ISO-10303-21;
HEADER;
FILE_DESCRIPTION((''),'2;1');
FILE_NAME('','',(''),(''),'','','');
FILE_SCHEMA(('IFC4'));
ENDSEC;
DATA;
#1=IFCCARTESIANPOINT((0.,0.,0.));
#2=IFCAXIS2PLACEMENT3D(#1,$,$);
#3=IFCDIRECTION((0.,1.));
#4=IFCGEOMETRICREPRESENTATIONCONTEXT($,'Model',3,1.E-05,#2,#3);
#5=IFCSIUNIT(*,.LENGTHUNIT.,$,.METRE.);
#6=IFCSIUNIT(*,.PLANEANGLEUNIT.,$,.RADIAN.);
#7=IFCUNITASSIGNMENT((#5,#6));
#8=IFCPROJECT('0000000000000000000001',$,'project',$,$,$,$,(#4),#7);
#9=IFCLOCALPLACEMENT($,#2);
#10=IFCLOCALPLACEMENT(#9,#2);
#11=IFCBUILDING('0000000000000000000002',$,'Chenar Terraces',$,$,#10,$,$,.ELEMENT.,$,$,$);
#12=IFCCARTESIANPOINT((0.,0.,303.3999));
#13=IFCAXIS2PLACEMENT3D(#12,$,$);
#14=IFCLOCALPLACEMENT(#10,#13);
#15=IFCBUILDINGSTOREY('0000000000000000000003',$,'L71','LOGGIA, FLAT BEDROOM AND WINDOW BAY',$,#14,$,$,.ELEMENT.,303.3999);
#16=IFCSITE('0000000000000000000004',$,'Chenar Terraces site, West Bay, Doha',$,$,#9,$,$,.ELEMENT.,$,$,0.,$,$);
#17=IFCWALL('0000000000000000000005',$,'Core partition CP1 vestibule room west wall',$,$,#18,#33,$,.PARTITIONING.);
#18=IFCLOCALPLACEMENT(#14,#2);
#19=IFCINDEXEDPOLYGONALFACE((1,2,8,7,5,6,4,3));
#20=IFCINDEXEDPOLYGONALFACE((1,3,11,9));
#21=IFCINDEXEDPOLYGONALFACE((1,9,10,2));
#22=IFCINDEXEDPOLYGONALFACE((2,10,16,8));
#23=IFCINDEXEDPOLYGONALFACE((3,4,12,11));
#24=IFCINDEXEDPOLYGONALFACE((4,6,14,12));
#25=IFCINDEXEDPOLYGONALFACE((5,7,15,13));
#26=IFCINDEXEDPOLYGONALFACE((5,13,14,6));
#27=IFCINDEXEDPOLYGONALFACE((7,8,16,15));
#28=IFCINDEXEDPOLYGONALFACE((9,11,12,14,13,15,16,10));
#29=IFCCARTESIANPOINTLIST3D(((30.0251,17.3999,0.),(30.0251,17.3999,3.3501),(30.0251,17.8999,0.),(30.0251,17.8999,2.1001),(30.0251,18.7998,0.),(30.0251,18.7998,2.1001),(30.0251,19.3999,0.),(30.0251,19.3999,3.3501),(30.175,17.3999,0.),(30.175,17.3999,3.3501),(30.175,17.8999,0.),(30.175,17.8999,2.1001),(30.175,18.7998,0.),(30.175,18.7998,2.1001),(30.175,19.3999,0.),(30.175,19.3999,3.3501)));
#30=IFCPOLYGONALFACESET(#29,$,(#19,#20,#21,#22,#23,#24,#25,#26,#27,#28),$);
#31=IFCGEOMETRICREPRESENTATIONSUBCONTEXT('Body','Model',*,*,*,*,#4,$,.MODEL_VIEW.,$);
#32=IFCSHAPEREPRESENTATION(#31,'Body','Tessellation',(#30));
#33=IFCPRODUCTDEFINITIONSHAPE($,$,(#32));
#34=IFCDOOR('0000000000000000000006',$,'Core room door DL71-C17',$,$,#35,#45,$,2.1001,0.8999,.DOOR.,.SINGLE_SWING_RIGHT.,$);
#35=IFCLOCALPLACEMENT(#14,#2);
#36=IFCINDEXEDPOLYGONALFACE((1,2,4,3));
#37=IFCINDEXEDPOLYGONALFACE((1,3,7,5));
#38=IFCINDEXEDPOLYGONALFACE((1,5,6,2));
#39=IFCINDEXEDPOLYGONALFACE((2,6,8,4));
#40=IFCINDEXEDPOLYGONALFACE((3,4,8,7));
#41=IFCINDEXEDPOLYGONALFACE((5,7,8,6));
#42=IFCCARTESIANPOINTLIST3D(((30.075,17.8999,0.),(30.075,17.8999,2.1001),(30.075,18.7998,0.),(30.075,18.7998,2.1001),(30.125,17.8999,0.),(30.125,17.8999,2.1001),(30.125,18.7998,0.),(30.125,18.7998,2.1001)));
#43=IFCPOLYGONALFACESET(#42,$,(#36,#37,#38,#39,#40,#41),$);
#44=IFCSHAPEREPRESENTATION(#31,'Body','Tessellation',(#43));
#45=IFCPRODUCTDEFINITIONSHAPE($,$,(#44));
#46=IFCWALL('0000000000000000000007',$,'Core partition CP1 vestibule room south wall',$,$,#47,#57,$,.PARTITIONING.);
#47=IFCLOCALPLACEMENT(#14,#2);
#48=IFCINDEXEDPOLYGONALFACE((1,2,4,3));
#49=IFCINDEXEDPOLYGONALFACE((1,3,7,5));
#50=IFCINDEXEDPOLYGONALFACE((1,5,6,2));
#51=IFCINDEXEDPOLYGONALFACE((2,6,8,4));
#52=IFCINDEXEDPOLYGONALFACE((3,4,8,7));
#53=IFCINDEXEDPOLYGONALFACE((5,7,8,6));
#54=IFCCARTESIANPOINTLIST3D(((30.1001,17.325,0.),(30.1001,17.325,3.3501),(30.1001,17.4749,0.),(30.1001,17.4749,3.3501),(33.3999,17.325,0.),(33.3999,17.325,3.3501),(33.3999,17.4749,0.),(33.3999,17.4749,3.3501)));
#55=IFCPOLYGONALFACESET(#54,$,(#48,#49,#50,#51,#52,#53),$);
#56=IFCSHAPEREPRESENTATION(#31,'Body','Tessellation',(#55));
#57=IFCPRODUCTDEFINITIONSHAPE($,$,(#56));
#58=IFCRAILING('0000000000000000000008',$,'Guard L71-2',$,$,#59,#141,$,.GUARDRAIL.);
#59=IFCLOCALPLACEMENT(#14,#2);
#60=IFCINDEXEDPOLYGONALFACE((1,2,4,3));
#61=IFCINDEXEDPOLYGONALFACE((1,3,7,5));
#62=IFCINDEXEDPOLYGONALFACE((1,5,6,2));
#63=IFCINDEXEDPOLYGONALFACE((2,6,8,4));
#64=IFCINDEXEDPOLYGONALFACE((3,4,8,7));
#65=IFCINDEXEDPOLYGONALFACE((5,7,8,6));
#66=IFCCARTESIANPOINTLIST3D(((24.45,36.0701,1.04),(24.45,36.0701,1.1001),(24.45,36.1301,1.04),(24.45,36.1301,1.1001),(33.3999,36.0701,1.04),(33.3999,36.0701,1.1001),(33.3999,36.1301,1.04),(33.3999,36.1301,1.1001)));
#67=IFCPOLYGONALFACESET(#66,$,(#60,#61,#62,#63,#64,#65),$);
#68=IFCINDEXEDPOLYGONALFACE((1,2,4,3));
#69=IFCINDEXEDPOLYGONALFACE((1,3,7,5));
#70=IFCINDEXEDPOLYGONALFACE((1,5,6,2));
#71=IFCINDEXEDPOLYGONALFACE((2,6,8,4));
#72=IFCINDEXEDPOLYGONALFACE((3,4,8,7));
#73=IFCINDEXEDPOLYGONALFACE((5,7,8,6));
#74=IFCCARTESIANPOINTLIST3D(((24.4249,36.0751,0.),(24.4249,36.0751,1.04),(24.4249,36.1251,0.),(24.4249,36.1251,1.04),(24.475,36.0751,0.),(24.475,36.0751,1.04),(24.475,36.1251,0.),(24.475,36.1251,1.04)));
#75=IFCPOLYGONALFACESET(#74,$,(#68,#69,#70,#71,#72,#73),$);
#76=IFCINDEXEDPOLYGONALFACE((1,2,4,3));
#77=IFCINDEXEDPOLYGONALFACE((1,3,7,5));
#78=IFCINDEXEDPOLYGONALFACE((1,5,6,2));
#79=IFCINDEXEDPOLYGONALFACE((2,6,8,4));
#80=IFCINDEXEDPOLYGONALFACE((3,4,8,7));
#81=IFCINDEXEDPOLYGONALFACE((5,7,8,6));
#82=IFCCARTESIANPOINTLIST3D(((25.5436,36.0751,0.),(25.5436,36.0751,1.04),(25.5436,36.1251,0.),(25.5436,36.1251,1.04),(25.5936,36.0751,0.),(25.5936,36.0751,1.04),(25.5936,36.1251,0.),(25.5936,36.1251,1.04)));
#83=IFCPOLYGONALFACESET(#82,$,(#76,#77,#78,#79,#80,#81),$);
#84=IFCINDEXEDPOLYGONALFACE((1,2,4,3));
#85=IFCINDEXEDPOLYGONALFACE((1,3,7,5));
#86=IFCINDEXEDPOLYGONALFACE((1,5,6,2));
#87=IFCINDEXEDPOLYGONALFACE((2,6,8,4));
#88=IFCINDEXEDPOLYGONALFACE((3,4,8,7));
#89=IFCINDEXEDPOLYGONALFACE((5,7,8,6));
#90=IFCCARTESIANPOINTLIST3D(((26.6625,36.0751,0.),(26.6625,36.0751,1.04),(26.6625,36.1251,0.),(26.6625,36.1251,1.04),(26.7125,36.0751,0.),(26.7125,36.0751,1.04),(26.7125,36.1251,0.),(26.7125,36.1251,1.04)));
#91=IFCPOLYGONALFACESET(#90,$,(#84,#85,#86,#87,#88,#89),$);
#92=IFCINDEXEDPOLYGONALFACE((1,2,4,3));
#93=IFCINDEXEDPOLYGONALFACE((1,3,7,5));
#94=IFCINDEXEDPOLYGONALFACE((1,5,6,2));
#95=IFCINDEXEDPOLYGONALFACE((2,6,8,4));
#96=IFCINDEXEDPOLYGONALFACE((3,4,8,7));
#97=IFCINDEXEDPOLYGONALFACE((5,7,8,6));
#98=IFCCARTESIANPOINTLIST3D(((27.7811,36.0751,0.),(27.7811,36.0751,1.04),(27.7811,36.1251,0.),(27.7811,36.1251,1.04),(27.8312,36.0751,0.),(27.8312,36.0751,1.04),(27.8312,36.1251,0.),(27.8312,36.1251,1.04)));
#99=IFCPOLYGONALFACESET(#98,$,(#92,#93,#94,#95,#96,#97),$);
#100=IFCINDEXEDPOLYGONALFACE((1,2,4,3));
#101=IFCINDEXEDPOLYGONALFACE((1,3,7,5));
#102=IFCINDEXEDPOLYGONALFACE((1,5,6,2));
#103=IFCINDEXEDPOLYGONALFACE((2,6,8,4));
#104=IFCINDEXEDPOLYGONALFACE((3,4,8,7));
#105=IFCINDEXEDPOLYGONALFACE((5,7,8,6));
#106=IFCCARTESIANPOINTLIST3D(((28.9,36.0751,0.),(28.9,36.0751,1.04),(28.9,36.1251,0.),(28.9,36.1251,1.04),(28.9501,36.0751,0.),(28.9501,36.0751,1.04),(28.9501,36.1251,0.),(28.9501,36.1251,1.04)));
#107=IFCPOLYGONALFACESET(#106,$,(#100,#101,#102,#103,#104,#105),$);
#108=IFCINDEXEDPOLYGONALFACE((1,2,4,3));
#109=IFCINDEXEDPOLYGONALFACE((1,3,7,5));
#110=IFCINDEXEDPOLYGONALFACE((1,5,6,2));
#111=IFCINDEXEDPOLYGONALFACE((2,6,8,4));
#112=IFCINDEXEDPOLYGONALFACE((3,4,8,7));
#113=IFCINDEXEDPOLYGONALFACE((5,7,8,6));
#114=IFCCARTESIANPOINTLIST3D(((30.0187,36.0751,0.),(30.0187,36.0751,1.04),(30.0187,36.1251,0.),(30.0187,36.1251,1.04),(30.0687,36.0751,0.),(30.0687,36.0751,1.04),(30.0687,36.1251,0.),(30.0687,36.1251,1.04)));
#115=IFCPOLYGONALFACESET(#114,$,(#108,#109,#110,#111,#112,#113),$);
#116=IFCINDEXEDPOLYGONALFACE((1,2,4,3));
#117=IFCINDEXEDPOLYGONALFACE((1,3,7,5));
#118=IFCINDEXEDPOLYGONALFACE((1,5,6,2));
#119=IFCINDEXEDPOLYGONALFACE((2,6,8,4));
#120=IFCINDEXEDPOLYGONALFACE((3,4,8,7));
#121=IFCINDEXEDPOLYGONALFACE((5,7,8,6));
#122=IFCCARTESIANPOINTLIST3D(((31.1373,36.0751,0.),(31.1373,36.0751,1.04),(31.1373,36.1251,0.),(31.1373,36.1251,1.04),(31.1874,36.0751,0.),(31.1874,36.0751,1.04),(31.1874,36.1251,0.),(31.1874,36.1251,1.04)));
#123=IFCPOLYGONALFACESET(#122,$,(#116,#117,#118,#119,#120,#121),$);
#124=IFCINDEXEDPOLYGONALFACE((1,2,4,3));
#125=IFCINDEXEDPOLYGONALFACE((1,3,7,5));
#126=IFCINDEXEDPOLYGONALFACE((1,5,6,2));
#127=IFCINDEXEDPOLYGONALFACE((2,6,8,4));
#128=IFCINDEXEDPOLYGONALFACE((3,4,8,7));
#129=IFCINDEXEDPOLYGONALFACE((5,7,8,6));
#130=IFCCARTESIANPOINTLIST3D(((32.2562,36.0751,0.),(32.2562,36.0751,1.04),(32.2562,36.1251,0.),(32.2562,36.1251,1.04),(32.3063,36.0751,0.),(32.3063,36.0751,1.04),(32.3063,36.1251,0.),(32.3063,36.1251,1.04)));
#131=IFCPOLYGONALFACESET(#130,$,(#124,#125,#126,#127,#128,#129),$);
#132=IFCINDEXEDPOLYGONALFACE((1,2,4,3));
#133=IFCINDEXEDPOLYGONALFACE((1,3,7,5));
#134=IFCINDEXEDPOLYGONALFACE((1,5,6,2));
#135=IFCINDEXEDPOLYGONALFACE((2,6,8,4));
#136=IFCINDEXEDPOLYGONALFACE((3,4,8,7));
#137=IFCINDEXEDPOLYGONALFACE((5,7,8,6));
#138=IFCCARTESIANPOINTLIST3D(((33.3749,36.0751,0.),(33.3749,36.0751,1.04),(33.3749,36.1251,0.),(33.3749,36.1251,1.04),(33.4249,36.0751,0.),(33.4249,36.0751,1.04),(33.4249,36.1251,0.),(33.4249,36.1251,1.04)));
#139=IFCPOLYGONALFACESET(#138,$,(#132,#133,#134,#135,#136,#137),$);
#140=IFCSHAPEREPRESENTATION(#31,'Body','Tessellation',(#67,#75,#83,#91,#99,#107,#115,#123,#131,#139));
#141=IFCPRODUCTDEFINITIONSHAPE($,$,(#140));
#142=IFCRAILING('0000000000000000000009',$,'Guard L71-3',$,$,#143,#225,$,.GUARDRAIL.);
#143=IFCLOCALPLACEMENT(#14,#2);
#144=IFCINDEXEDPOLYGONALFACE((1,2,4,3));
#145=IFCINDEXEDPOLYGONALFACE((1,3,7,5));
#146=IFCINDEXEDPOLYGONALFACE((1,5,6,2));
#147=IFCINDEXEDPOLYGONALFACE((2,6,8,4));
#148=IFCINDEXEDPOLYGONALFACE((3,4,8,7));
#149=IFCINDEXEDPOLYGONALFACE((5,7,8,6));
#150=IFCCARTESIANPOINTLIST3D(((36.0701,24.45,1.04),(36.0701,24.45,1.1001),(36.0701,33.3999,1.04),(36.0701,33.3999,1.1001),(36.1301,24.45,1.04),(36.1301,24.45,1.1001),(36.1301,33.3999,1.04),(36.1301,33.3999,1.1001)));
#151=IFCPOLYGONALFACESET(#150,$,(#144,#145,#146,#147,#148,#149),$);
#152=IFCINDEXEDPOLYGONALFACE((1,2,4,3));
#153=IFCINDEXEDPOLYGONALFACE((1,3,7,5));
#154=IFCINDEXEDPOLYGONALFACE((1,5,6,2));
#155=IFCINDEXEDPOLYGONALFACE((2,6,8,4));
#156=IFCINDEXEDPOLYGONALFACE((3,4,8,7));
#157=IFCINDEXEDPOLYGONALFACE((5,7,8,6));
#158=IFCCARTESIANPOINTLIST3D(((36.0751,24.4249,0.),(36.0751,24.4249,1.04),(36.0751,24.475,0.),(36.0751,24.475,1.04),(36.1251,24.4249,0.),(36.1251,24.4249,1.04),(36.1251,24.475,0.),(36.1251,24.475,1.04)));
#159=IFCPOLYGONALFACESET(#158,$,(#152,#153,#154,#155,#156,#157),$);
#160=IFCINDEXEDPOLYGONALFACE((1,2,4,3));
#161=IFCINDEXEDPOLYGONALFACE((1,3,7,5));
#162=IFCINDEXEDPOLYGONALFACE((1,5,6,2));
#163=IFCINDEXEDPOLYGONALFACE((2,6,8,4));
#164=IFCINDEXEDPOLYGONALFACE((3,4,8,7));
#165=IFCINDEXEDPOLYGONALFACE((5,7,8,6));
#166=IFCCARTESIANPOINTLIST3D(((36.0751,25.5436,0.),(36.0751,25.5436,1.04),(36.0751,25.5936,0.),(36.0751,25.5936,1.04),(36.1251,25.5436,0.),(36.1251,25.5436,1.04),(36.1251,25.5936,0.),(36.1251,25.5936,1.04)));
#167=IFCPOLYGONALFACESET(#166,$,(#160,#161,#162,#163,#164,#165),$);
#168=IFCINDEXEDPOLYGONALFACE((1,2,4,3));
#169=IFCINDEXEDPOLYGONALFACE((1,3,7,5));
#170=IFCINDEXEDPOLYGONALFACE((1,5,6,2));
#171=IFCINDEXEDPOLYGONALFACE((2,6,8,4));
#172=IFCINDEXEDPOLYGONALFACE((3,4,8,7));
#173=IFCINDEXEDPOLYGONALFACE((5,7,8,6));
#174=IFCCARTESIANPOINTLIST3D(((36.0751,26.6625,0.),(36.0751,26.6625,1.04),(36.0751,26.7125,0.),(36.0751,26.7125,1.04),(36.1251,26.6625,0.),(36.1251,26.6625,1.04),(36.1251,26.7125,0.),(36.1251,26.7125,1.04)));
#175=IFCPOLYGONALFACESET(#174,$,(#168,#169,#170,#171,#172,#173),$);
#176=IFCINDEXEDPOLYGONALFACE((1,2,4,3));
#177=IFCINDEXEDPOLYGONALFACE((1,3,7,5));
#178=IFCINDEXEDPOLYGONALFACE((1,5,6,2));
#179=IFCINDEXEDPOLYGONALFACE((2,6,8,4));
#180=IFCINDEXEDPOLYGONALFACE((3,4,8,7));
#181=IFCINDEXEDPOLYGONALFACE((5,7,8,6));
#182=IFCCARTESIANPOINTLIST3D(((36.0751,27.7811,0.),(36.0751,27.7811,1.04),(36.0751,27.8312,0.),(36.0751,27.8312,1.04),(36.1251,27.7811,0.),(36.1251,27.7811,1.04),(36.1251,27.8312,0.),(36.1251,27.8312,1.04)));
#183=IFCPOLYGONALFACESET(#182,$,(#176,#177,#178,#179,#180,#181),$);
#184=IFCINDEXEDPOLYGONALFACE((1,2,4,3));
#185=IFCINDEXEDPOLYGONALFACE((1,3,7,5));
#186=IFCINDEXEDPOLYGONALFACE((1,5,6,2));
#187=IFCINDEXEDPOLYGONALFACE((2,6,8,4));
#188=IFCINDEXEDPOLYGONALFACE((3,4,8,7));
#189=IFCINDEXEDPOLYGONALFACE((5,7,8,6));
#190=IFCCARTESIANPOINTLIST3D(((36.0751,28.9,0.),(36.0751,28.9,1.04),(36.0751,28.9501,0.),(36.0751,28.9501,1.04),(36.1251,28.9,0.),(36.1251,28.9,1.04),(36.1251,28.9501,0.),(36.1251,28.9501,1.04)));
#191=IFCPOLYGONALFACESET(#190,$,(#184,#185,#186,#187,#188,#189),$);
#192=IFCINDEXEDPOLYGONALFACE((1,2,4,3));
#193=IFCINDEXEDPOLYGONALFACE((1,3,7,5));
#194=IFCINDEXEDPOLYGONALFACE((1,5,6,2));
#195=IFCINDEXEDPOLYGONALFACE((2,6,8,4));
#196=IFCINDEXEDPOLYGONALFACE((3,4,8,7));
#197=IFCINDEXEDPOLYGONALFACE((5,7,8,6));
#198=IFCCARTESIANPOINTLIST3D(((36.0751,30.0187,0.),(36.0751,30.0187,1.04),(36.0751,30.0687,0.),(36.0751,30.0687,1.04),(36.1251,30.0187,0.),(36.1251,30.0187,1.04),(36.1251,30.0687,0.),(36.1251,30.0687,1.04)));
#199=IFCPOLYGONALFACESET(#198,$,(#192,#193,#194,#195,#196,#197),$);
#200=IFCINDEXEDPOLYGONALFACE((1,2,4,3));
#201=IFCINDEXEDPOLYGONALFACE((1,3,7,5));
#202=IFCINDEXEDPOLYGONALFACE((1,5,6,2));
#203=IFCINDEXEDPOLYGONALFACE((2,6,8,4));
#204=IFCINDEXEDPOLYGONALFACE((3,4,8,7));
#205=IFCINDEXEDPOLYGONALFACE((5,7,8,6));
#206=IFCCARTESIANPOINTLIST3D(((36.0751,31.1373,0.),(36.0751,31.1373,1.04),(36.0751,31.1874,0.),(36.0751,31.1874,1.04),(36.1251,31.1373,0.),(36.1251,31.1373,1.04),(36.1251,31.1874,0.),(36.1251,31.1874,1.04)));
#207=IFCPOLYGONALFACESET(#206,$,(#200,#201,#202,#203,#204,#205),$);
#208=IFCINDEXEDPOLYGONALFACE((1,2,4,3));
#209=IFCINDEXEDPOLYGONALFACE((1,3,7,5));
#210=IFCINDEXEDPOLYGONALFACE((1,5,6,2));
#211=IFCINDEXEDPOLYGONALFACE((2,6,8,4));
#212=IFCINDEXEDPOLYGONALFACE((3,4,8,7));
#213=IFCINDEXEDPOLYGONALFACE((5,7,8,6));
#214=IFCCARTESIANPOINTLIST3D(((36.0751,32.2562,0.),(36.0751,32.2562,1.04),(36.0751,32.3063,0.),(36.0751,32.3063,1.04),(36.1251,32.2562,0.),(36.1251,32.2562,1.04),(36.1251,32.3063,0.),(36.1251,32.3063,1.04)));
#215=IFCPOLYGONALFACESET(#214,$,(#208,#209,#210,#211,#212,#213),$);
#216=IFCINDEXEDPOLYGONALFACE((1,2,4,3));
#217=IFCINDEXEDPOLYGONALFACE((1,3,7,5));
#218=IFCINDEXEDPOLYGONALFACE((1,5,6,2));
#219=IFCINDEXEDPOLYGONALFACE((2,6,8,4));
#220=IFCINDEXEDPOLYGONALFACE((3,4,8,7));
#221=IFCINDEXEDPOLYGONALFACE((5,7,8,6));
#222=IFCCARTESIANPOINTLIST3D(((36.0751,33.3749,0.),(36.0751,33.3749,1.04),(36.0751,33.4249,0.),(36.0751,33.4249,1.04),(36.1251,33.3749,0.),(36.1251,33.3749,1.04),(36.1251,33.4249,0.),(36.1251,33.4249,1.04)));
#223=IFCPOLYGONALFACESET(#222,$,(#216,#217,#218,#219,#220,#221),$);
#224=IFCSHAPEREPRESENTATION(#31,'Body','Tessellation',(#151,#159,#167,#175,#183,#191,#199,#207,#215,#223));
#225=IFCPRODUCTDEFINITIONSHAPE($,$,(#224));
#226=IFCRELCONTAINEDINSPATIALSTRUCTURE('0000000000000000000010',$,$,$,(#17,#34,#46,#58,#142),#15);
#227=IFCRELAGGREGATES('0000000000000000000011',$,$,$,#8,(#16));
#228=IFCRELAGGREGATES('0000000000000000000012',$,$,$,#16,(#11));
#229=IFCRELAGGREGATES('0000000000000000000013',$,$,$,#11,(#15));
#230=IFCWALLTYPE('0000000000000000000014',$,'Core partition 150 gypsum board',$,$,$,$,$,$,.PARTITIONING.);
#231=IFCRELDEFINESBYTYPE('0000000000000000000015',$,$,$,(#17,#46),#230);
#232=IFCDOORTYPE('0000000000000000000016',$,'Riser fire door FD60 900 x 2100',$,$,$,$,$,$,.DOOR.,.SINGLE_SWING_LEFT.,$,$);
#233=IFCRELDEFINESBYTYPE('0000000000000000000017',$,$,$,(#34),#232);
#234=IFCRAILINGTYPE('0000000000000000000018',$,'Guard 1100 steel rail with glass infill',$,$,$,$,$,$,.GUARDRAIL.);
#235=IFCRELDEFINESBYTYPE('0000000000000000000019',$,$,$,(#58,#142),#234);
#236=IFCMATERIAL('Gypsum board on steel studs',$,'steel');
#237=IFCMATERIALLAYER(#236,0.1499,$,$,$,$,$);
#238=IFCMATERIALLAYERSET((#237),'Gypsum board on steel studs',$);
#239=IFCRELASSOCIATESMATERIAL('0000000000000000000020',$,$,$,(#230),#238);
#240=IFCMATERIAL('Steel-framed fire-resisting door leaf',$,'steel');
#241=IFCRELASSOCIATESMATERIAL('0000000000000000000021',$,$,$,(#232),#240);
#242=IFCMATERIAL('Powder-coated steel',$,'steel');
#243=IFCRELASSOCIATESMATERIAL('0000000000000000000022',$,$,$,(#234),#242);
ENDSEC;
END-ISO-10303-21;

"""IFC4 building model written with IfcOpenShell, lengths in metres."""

from ifc_helpers import new_model, si_unit, direction, frame, frame_2d, origin, origin_2d, place, context, subcontext, project, spatial, rectangle, extrude, material, layer, layer_set, type_object, element, fill, save


model = new_model("IFC4")

# Units and contexts
model_context = context("Model", 3, precision=1e-05, world=origin(), true_north=direction((0.0, 1.0)))
body_context = subcontext(model_context, "Body", "Model", "MODEL_VIEW")
ifc_project = project(units=[si_unit("LENGTHUNIT", "METRE"), si_unit("PLANEANGLEUNIT", "RADIAN")], contexts=[model_context])

# Site, building, storey
site_placement = place(None, origin())
site = spatial("IfcSite", under=ifc_project, at=site_placement, Name="Chenar Terraces site, West Bay, Doha", CompositionType="ELEMENT", RefElevation=0.0)
building_placement = place(site_placement, origin())
building = spatial("IfcBuilding", under=site, at=building_placement, Name="Chenar Terraces", CompositionType="ELEMENT")
storey_placement = place(building_placement, frame((0.0, 0.0, 303.3999)))
storey = spatial("IfcBuildingStorey", under=building, at=storey_placement, Name="L71", Description="LOGGIA, FLAT BEDROOM AND WINDOW BAY", CompositionType="ELEMENT", Elevation=303.3999)

# Wall, opening, door
ifc_material_1 = material(Name="Gypsum board on steel studs", Category="steel")
ifc_layer_1 = layer(ifc_material_1, 0.1499)
ifc_layer_set_1 = layer_set([ifc_layer_1], Name="Gypsum board on steel studs")
wall_type = type_object("IfcWallType", Name="Core partition 150 gypsum board", PredefinedType="PARTITIONING", material=ifc_layer_set_1)
wall_1_placement = place(storey_placement, frame((30.1001, 17.3999, 0.0), z_axis=(0.0, 0.0, 1.0), x_axis=(0.0, 1.0, 0.0)))
wall_1 = element("IfcWall", 1, at=wall_1_placement, inside=storey, type_object=wall_type, Name="Core partition CP1 vestibule room west wall", PredefinedType="PARTITIONING", context=body_context, shape_type="SweptSolid", body=[
    extrude(rectangle(XDim=2.0, YDim=0.1499, at=frame_2d((1.0, 0.0))), origin(), (0.0, 0.0, 1.0), 3.3501),
])
opening_placement = place(wall_1_placement, frame((0.5, 0.0, 0.0)))
opening = element("IfcOpeningElement", 2, at=opening_placement, cuts=wall_1, PredefinedType="OPENING", context=body_context, shape_type="SweptSolid", body=[
    extrude(rectangle(XDim=0.8999, YDim=2.1001, at=frame_2d((0.45, 1.05))), frame((0.0, 0.085, 0.0), z_axis=(0.0, -1.0, 0.0), x_axis=(1.0, 0.0, 0.0)), (0.0, 0.0, 1.0), 0.1699),
])
ifc_material_2 = material(Name="Steel-framed fire-resisting door leaf", Category="steel")
door_type = type_object("IfcDoorType", Name="Riser fire door FD60 900 x 2100", OperationType="SINGLE_SWING_LEFT", PredefinedType="DOOR", material=ifc_material_2)
door_placement = place(opening_placement, frame((0.8999, 0.0, 0.0), z_axis=(0.0, 0.0, 1.0), x_axis=(-1.0, 0.0, 0.0)))
door = element("IfcDoor", 3, at=door_placement, inside=storey, type_object=door_type, Name="Core room door DL71-C17", OperationType="SINGLE_SWING_RIGHT", OverallHeight=2.1001, OverallWidth=0.8999, PredefinedType="DOOR", context=body_context, shape_type="SweptSolid", body=[
    extrude(rectangle(XDim=0.8999, YDim=2.1001, at=frame_2d((0.45, 1.05))), frame((0.0, 0.0249, 0.0), z_axis=(0.0, -1.0, 0.0), x_axis=(1.0, 0.0, 0.0)), (0.0, 0.0, 1.0), 0.05),
])
fill(opening, door)

# Wall
wall_2_placement = place(storey_placement, frame((30.1001, 17.3999, 0.0), z_axis=(0.0, 0.0, 1.0), x_axis=(1.0, 0.0, 0.0)))
element("IfcWall", 4, at=wall_2_placement, inside=storey, type_object=wall_type, Name="Core partition CP1 vestibule room south wall", PredefinedType="PARTITIONING", context=body_context, shape_type="SweptSolid", body=[
    extrude(rectangle(XDim=3.2998, YDim=0.1499, at=frame_2d((1.6499, 0.0))), origin(), (0.0, 0.0, 1.0), 3.3501),
])

# Railings
ifc_material_3 = material(Name="Powder-coated steel", Category="steel")
railing_type = type_object("IfcRailingType", Name="Guard 1100 steel rail with glass infill", PredefinedType="GUARDRAIL", material=ifc_material_3)
railing_1_placement = place(storey_placement, frame((24.45, 36.1001, 0.0)))
element("IfcRailing", 5, at=railing_1_placement, inside=storey, type_object=railing_type, Name="Guard L71-2", PredefinedType="GUARDRAIL", context=body_context, shape_type="SweptSolid", body=[
    extrude(rectangle(XDim=0.0601, YDim=0.0601, at=origin_2d()), frame((0.0, 0.0, 1.0701), z_axis=(1.0, 0.0, 0.0), x_axis=(0.0, 1.0, 0.0)), (0.0, 0.0, 1.0), 8.95),
    extrude(rectangle(XDim=0.05, YDim=0.05, at=origin_2d()), origin(), (0.0, 0.0, 1.0), 1.04),
    extrude(rectangle(XDim=0.05, YDim=0.05, at=origin_2d()), frame((1.1187, 0.0, 0.0)), (0.0, 0.0, 1.0), 1.04),
    extrude(rectangle(XDim=0.05, YDim=0.05, at=origin_2d()), frame((2.2375, 0.0, 0.0)), (0.0, 0.0, 1.0), 1.04),
    extrude(rectangle(XDim=0.05, YDim=0.05, at=origin_2d()), frame((3.3562, 0.0, 0.0)), (0.0, 0.0, 1.0), 1.04),
    extrude(rectangle(XDim=0.05, YDim=0.05, at=origin_2d()), frame((4.4751, 0.0, 0.0)), (0.0, 0.0, 1.0), 1.04),
    extrude(rectangle(XDim=0.05, YDim=0.05, at=origin_2d()), frame((5.5938, 0.0, 0.0)), (0.0, 0.0, 1.0), 1.04),
    extrude(rectangle(XDim=0.05, YDim=0.05, at=origin_2d()), frame((6.7124, 0.0, 0.0)), (0.0, 0.0, 1.0), 1.04),
    extrude(rectangle(XDim=0.05, YDim=0.05, at=origin_2d()), frame((7.8313, 0.0, 0.0)), (0.0, 0.0, 1.0), 1.04),
    extrude(rectangle(XDim=0.05, YDim=0.05, at=origin_2d()), frame((8.95, 0.0, 0.0)), (0.0, 0.0, 1.0), 1.04),
])
railing_2_placement = place(storey_placement, frame((36.1001, 24.45, 0.0)))
element("IfcRailing", 6, at=railing_2_placement, inside=storey, type_object=railing_type, Name="Guard L71-3", PredefinedType="GUARDRAIL", context=body_context, shape_type="SweptSolid", body=[
    extrude(rectangle(XDim=0.0601, YDim=0.0601, at=origin_2d()), frame((0.0, 0.0, 1.0701), z_axis=(0.0, 1.0, 0.0), x_axis=(-1.0, 0.0, 0.0)), (0.0, 0.0, 1.0), 8.95),
    extrude(rectangle(XDim=0.05, YDim=0.05, at=origin_2d()), origin(), (0.0, 0.0, 1.0), 1.04),
    extrude(rectangle(XDim=0.05, YDim=0.05, at=origin_2d()), frame((0.0, 1.1187, 0.0)), (0.0, 0.0, 1.0), 1.04),
    extrude(rectangle(XDim=0.05, YDim=0.05, at=origin_2d()), frame((0.0, 2.2375, 0.0)), (0.0, 0.0, 1.0), 1.04),
    extrude(rectangle(XDim=0.05, YDim=0.05, at=origin_2d()), frame((0.0, 3.3562, 0.0)), (0.0, 0.0, 1.0), 1.04),
    extrude(rectangle(XDim=0.05, YDim=0.05, at=origin_2d()), frame((0.0, 4.4751, 0.0)), (0.0, 0.0, 1.0), 1.04),
    extrude(rectangle(XDim=0.05, YDim=0.05, at=origin_2d()), frame((0.0, 5.5938, 0.0)), (0.0, 0.0, 1.0), 1.04),
    extrude(rectangle(XDim=0.05, YDim=0.05, at=origin_2d()), frame((0.0, 6.7124, 0.0)), (0.0, 0.0, 1.0), 1.04),
    extrude(rectangle(XDim=0.05, YDim=0.05, at=origin_2d()), frame((0.0, 7.8313, 0.0)), (0.0, 0.0, 1.0), 1.04),
    extrude(rectangle(XDim=0.05, YDim=0.05, at=origin_2d()), frame((0.0, 8.95, 0.0)), (0.0, 0.0, 1.0), 1.04),
])

save(model, "model.ifc")
